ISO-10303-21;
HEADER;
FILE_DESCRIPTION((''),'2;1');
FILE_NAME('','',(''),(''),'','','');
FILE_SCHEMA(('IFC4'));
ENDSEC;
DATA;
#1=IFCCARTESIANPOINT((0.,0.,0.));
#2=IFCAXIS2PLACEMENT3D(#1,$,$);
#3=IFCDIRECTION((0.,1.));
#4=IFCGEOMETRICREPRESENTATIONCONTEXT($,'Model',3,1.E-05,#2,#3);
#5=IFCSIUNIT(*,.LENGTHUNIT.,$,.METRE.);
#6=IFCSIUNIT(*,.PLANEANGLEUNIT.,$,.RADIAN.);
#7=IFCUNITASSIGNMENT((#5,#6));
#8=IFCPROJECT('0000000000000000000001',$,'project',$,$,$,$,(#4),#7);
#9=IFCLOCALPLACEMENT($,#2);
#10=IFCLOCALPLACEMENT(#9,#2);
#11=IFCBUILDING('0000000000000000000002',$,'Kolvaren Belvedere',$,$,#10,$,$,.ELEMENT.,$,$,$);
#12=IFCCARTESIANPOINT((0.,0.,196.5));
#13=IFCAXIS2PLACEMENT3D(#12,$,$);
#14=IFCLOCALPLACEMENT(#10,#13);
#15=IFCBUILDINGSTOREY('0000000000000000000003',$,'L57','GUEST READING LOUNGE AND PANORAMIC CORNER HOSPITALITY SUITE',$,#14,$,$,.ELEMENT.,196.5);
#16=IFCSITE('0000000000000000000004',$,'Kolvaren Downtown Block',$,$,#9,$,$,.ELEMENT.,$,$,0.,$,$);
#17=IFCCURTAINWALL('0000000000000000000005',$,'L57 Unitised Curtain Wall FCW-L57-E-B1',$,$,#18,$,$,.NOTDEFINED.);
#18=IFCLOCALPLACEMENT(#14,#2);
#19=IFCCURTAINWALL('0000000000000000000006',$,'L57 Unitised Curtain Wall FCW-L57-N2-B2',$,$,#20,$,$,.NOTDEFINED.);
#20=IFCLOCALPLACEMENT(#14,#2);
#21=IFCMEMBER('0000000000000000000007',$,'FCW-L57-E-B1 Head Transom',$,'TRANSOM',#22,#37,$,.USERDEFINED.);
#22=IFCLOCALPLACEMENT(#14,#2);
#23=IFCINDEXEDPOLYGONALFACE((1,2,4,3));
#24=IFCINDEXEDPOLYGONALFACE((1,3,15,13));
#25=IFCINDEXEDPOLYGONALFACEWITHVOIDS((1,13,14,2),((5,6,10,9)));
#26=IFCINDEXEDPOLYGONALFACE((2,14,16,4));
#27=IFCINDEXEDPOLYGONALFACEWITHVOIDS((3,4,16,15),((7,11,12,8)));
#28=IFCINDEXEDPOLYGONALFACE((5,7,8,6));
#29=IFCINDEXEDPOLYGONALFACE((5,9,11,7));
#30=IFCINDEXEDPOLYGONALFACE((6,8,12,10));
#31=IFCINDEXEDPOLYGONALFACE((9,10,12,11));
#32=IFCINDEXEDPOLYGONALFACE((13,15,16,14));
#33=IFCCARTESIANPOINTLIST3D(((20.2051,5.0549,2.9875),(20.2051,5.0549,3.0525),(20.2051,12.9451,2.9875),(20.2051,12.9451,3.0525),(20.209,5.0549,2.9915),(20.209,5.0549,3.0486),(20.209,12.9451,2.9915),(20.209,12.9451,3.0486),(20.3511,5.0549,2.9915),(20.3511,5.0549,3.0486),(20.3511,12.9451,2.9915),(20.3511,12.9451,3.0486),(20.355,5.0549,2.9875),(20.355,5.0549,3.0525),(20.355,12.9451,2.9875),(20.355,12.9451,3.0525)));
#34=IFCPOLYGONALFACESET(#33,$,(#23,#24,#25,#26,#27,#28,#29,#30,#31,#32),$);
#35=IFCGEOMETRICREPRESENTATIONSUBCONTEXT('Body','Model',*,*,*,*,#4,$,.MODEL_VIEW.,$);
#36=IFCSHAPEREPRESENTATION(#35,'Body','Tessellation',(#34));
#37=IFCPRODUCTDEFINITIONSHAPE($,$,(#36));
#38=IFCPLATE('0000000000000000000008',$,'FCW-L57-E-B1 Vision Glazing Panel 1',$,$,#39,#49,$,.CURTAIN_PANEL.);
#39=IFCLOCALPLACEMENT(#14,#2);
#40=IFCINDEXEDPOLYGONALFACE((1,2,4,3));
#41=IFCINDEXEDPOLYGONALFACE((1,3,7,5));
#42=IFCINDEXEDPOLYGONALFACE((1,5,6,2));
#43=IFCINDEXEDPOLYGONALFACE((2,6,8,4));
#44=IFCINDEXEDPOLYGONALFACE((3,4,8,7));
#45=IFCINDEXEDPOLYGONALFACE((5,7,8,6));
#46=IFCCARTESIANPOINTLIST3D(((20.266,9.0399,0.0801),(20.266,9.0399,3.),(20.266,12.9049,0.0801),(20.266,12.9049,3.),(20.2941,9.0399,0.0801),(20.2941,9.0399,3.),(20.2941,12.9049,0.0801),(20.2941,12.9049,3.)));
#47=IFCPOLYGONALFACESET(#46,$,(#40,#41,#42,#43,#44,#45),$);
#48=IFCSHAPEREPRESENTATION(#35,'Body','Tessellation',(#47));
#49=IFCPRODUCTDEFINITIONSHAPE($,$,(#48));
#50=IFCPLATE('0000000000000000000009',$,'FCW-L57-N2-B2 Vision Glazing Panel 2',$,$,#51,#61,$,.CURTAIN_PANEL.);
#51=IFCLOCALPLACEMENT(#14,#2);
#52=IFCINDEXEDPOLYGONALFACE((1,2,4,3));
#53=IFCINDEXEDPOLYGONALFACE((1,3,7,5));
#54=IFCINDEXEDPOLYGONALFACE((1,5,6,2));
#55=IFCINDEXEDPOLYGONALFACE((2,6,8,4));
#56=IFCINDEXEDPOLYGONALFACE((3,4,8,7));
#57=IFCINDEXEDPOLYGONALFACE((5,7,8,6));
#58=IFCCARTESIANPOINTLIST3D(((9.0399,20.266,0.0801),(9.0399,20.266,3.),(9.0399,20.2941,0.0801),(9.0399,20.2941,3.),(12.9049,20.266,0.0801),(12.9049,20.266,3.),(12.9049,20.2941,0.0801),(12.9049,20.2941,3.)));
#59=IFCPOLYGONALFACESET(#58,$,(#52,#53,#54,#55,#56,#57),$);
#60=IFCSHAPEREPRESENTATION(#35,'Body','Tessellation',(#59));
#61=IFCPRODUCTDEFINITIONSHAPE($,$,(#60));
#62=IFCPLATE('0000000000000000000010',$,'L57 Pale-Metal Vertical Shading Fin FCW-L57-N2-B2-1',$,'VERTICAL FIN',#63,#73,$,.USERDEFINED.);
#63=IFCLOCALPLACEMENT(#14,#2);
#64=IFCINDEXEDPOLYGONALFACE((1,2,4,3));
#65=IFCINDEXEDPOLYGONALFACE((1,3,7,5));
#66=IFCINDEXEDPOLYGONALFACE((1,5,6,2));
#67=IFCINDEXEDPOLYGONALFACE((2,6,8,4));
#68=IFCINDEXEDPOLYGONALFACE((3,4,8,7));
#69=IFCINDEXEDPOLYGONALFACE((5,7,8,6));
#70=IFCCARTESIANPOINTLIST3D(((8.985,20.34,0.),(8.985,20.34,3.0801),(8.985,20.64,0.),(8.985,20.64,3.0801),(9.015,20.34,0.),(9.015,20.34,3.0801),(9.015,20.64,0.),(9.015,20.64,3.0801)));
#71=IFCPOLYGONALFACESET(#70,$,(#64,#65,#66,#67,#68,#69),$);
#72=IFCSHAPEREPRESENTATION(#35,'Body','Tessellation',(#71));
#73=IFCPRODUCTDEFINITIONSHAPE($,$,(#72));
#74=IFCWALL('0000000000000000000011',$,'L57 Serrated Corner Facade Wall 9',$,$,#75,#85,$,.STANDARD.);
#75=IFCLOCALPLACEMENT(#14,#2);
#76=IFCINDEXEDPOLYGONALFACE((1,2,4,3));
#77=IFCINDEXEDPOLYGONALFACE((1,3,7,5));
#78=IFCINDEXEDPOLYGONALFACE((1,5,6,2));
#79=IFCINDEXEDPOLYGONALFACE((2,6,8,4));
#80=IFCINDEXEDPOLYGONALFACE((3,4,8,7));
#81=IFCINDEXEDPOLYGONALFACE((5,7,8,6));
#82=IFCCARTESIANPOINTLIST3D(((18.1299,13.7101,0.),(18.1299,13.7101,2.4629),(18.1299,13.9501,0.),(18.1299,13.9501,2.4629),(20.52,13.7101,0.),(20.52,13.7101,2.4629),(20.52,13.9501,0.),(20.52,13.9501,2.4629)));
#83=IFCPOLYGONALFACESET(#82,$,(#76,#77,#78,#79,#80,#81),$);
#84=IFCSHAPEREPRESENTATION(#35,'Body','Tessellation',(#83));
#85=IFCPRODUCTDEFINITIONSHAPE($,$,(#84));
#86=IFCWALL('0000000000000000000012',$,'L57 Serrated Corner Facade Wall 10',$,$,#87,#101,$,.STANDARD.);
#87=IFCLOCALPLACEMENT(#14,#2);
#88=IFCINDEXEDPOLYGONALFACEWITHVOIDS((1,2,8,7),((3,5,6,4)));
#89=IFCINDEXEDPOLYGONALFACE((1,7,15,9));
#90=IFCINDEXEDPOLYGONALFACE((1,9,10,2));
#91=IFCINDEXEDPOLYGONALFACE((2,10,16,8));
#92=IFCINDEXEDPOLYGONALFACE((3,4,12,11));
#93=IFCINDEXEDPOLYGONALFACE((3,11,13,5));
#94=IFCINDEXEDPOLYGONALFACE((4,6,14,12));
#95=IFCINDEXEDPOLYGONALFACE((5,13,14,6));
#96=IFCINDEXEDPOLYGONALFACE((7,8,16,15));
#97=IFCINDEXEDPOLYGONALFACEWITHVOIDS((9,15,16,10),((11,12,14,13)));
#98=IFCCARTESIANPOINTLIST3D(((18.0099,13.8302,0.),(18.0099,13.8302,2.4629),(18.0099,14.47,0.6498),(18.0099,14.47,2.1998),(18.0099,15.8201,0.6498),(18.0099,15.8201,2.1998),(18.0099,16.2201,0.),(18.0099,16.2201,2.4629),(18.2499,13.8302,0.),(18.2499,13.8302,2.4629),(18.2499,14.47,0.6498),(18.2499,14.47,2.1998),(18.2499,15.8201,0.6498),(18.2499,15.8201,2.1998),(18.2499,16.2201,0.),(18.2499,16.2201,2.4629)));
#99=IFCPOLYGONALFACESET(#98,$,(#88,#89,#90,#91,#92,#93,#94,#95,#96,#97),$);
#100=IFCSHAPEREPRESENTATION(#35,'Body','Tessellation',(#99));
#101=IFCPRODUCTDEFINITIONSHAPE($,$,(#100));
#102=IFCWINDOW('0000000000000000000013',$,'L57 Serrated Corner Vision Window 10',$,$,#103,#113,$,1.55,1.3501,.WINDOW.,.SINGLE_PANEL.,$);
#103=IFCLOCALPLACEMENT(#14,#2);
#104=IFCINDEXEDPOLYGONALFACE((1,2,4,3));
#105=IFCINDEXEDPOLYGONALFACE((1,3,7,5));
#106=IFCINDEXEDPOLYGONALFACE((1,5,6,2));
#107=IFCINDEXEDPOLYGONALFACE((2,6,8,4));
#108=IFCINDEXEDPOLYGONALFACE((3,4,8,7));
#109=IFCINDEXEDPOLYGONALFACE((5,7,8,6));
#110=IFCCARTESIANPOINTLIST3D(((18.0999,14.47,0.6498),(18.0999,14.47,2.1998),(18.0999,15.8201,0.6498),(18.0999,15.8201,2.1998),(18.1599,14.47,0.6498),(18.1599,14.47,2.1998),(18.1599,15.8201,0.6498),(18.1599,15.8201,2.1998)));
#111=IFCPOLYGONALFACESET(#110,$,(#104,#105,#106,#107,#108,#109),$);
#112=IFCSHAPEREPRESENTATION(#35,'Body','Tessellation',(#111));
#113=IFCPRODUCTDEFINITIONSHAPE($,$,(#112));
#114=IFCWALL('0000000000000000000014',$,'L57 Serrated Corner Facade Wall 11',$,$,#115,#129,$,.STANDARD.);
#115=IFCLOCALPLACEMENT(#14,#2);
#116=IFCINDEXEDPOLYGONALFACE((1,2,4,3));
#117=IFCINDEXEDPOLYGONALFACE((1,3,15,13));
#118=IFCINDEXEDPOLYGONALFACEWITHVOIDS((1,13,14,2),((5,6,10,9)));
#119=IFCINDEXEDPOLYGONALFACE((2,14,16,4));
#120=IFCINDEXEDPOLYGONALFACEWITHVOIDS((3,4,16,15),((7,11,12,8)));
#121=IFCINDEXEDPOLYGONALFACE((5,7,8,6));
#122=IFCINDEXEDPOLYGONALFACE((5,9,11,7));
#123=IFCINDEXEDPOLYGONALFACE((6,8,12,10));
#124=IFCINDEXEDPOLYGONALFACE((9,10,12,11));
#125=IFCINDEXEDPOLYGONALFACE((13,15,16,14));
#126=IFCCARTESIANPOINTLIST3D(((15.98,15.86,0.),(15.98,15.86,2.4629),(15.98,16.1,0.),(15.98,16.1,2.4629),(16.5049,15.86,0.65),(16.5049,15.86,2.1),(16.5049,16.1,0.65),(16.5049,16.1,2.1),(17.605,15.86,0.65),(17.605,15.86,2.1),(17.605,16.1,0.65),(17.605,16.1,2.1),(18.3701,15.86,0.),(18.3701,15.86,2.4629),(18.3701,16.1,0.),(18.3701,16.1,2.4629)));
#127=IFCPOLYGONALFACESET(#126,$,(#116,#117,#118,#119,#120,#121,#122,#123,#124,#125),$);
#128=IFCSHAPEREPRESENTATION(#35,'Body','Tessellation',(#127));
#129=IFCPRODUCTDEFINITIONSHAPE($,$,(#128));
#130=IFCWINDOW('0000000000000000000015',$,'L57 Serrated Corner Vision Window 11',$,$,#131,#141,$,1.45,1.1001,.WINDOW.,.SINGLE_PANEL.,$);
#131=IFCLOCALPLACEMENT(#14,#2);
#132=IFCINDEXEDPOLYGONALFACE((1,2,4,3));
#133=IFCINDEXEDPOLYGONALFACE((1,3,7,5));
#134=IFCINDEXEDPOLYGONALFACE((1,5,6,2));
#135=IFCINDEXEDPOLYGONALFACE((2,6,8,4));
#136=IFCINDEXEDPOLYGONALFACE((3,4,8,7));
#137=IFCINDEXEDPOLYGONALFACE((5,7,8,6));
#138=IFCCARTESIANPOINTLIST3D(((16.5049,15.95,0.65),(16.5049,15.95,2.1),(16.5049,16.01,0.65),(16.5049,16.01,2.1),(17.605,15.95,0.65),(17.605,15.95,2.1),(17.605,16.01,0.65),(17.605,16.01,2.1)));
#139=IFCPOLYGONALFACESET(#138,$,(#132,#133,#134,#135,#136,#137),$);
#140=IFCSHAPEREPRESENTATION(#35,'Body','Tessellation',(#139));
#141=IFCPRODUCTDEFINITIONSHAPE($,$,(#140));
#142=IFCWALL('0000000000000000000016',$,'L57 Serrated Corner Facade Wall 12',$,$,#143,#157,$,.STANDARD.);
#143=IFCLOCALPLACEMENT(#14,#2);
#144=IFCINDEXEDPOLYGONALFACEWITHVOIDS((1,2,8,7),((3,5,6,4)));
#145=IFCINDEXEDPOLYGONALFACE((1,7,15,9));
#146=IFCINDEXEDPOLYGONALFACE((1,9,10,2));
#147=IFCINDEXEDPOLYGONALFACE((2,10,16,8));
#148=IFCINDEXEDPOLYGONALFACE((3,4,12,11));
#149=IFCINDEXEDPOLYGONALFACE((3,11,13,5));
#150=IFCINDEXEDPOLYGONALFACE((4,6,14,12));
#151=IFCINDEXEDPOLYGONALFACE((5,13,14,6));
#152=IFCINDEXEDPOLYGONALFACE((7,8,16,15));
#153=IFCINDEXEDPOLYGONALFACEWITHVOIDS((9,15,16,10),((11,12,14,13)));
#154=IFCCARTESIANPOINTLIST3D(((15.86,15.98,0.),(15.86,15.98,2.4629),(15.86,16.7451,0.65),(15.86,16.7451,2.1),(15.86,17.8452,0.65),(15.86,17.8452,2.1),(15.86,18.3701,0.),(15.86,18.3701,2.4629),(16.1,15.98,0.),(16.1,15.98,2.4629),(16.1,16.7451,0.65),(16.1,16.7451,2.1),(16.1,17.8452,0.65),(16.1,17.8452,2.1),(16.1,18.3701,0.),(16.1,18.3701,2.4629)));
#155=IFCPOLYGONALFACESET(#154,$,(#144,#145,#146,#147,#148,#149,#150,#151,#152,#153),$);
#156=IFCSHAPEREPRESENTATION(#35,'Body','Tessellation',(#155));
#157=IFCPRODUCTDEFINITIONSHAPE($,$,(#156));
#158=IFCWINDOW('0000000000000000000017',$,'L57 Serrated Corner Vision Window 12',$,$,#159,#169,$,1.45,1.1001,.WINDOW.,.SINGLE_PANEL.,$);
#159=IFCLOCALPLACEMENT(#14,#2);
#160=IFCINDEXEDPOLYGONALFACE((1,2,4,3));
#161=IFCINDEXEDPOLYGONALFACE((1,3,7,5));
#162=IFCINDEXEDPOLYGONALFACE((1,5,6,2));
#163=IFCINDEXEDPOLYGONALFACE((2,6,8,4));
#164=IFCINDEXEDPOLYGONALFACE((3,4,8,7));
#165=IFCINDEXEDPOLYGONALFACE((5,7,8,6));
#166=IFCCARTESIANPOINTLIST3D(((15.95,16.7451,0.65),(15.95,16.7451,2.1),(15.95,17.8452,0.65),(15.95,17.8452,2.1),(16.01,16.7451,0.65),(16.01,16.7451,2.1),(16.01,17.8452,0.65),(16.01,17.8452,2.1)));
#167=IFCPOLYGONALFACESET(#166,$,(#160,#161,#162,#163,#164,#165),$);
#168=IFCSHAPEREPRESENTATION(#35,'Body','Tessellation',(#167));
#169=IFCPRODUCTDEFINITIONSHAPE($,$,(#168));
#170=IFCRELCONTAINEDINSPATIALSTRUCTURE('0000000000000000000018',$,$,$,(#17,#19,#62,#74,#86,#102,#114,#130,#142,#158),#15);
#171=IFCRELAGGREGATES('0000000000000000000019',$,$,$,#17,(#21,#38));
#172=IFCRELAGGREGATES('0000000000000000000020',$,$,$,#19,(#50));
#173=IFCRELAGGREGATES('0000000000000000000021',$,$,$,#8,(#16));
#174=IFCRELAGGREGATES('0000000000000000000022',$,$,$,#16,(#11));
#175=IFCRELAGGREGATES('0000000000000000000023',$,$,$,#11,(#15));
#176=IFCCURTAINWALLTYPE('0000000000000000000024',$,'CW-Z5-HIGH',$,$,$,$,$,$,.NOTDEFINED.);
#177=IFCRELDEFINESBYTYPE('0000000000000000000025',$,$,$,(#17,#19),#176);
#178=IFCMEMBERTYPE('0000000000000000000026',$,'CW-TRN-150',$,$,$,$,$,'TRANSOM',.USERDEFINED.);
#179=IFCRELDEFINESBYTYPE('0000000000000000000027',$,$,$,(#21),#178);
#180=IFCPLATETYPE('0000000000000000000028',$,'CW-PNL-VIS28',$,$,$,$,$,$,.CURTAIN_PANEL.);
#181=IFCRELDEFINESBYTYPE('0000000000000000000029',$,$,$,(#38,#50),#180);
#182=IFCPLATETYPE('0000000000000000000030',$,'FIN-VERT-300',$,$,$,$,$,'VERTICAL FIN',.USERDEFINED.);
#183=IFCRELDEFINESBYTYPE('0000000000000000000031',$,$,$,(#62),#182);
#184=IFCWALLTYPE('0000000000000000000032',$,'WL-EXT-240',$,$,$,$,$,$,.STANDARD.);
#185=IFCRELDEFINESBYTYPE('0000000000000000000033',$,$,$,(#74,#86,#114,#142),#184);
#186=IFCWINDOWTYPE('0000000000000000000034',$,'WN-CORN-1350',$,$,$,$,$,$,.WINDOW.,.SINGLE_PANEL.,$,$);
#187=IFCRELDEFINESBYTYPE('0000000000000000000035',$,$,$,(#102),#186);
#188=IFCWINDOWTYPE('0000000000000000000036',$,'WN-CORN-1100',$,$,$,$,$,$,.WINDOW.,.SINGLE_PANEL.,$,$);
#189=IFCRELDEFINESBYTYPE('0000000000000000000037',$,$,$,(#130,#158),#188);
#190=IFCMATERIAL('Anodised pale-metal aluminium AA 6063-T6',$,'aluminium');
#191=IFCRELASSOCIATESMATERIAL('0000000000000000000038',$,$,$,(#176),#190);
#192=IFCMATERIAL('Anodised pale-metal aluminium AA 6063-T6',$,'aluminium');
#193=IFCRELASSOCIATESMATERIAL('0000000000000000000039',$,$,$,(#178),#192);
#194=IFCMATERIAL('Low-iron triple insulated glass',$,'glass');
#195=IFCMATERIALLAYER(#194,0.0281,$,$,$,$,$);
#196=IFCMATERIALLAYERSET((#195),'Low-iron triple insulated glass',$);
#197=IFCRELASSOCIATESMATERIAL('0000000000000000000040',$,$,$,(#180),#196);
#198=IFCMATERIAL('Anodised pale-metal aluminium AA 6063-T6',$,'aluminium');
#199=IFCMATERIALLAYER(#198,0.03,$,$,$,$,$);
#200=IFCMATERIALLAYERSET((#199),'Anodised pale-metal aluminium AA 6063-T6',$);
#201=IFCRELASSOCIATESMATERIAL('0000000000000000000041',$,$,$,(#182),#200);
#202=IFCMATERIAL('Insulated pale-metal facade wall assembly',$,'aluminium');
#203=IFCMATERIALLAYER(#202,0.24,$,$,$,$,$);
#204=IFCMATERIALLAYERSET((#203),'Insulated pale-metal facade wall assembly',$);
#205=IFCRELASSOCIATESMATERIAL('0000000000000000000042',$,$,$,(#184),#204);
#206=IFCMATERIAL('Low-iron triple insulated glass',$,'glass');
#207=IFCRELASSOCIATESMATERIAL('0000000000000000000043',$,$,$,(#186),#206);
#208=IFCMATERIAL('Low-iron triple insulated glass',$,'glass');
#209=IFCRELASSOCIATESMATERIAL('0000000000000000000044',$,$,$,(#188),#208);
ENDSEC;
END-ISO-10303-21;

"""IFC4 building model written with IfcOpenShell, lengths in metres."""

from ifc_helpers import new_model, si_unit, direction, frame, frame_2d, origin, origin_2d, place, context, subcontext, project, spatial, rectangle, hollow_rectangle, extrude, material, layer, layer_set, material_profile, profile_set, type_object, element, fill, aggregate, save


model = new_model("IFC4")

# Units and contexts
model_context = context("Model", 3, precision=1e-05, world=origin(), true_north=direction((0.0, 1.0)))
body_context = subcontext(model_context, "Body", "Model", "MODEL_VIEW")
ifc_project = project(units=[si_unit("LENGTHUNIT", "METRE"), si_unit("PLANEANGLEUNIT", "RADIAN")], contexts=[model_context])

# Site, building, storey
site_placement = place(None, origin())
site = spatial("IfcSite", under=ifc_project, at=site_placement, Name="Kolvaren Downtown Block", CompositionType="ELEMENT", RefElevation=0.0)
building_placement = place(site_placement, origin())
building = spatial("IfcBuilding", under=site, at=building_placement, Name="Kolvaren Belvedere", CompositionType="ELEMENT")
storey_placement = place(building_placement, frame((0.0, 0.0, 196.5)))
storey = spatial("IfcBuildingStorey", under=building, at=storey_placement, Name="L57", Description="GUEST READING LOUNGE AND PANORAMIC CORNER HOSPITALITY SUITE", CompositionType="ELEMENT", Elevation=196.5)

# Curtain wall
ifc_material_1 = material(Name="Anodised pale-metal aluminium AA 6063-T6", Category="aluminium")
curtain_wall_type = type_object("IfcCurtainWallType", Name="CW-Z5-HIGH", PredefinedType="NOTDEFINED", material=ifc_material_1)
curtain_wall_1_placement = place(storey_placement, origin())
curtain_wall_1 = element("IfcCurtainWall", 1, at=curtain_wall_1_placement, inside=storey, type_object=curtain_wall_type, Name="L57 Unitised Curtain Wall FCW-L57-E-B1", PredefinedType="NOTDEFINED")

# Curtain wall
curtain_wall_2_placement = place(storey_placement, origin())
curtain_wall_2 = element("IfcCurtainWall", 2, at=curtain_wall_2_placement, inside=storey, type_object=curtain_wall_type, Name="L57 Unitised Curtain Wall FCW-L57-N2-B2", PredefinedType="NOTDEFINED")

# Member
ifc_material_2 = material(Name="Anodised pale-metal aluminium AA 6063-T6", Category="aluminium")
ifc_material_profile_1 = material_profile(ifc_material_2, hollow_rectangle(XDim=0.0649, YDim=0.1499, WallThickness=0.0039, at=origin_2d()), Name="ALU-TRN-150X65")
ifc_profile_set_1 = profile_set([ifc_material_profile_1], Name="Anodised pale-metal aluminium AA 6063-T6")
member_type_1 = type_object("IfcMemberType", Name="CW-TRN-150", ElementType="TRANSOM", PredefinedType="USERDEFINED", material=ifc_profile_set_1)
member_1_placement = place(storey_placement, frame((20.28, 12.9451, 3.02), z_axis=(0.0, -1.0, 0.0), x_axis=(0.0, 0.0, 1.0)))
member_1 = element("IfcMember", 3, at=member_1_placement, type_object=member_type_1, Name="FCW-L57-E-B1 Head Transom", ObjectType="TRANSOM", PredefinedType="USERDEFINED", context=body_context, shape_type="SweptSolid", body=[
    extrude(hollow_rectangle(XDim=0.0649, YDim=0.1499, WallThickness=0.0039, at=origin_2d()), origin(), (0.0, 0.0, 1.0), 7.8901),
])

# Plates
ifc_material_3 = material(Name="Low-iron triple insulated glass", Category="glass")
ifc_layer_1 = layer(ifc_material_3, 0.0281)
ifc_layer_set_1 = layer_set([ifc_layer_1], Name="Low-iron triple insulated glass")
plate_type_1 = type_object("IfcPlateType", Name="CW-PNL-VIS28", PredefinedType="CURTAIN_PANEL", material=ifc_layer_set_1)
plate_1_placement = place(storey_placement, frame((20.28, 10.9724, 0.0801), z_axis=(0.0, 0.0, 1.0), x_axis=(0.0, -1.0, 0.0)))
plate_1 = element("IfcPlate", 4, at=plate_1_placement, type_object=plate_type_1, Name="FCW-L57-E-B1 Vision Glazing Panel 1", PredefinedType="CURTAIN_PANEL", context=body_context, shape_type="SweptSolid", body=[
    extrude(rectangle(XDim=3.865, YDim=0.0281, at=origin_2d()), origin(), (0.0, 0.0, 1.0), 2.9199),
])
aggregate(curtain_wall_1, [member_1, plate_1])
plate_2_placement = place(storey_placement, frame((10.9724, 20.28, 0.0801), z_axis=(0.0, 0.0, 1.0), x_axis=(1.0, 0.0, 0.0)))
plate_2 = element("IfcPlate", 5, at=plate_2_placement, type_object=plate_type_1, Name="FCW-L57-N2-B2 Vision Glazing Panel 2", PredefinedType="CURTAIN_PANEL", context=body_context, shape_type="SweptSolid", body=[
    extrude(rectangle(XDim=3.865, YDim=0.0281, at=origin_2d()), origin(), (0.0, 0.0, 1.0), 2.9199),
])
aggregate(curtain_wall_2, [plate_2])
ifc_material_4 = material(Name="Anodised pale-metal aluminium AA 6063-T6", Category="aluminium")
ifc_layer_2 = layer(ifc_material_4, 0.03)
ifc_layer_set_2 = layer_set([ifc_layer_2], Name="Anodised pale-metal aluminium AA 6063-T6")
plate_type_2 = type_object("IfcPlateType", Name="FIN-VERT-300", ElementType="VERTICAL FIN", PredefinedType="USERDEFINED", material=ifc_layer_set_2)
plate_3_placement = place(storey_placement, frame((9.0, 20.49, 0.0), z_axis=(0.0, 0.0, 1.0), x_axis=(0.0, 1.0, 0.0)))
element("IfcPlate", 6, at=plate_3_placement, inside=storey, type_object=plate_type_2, Name="L57 Pale-Metal Vertical Shading Fin FCW-L57-N2-B2-1", ObjectType="VERTICAL FIN", PredefinedType="USERDEFINED", context=body_context, shape_type="SweptSolid", body=[
    extrude(rectangle(XDim=0.3, YDim=0.03, at=origin_2d()), origin(), (0.0, 0.0, 1.0), 3.0801),
])

# Wall
ifc_material_5 = material(Name="Insulated pale-metal facade wall assembly", Category="aluminium")
ifc_layer_3 = layer(ifc_material_5, 0.24)
ifc_layer_set_3 = layer_set([ifc_layer_3], Name="Insulated pale-metal facade wall assembly")
wall_type_1 = type_object("IfcWallType", Name="WL-EXT-240", PredefinedType="STANDARD", material=ifc_layer_set_3)
wall_1_placement = place(storey_placement, frame((18.1299, 13.8301, 0.0), z_axis=(0.0, 0.0, 1.0), x_axis=(1.0, 0.0, 0.0)))
element("IfcWall", 7, at=wall_1_placement, inside=storey, type_object=wall_type_1, Name="L57 Serrated Corner Facade Wall 9", PredefinedType="STANDARD", context=body_context, shape_type="SweptSolid", body=[
    extrude(rectangle(XDim=2.3901, YDim=0.24, at=frame_2d((1.1951, 0.0))), origin(), (0.0, 0.0, 1.0), 2.4629),
])

# Walls, openings, windows
wall_2_placement = place(storey_placement, frame((18.1299, 16.22, 0.0), z_axis=(0.0, 0.0, 1.0), x_axis=(0.0, -1.0, 0.0)))
wall_2 = element("IfcWall", 8, at=wall_2_placement, inside=storey, type_object=wall_type_1, Name="L57 Serrated Corner Facade Wall 10", PredefinedType="STANDARD", context=body_context, shape_type="SweptSolid", body=[
    extrude(rectangle(XDim=2.3899, YDim=0.24, at=frame_2d((1.1948, 0.0))), origin(), (0.0, 0.0, 1.0), 2.4629),
])
opening_1_placement = place(wall_2_placement, frame((0.3999, 0.0, 0.6499)))
opening_1 = element("IfcOpeningElement", 9, at=opening_1_placement, cuts=wall_2, PredefinedType="OPENING", context=body_context, shape_type="SweptSolid", body=[
    extrude(rectangle(XDim=1.3501, YDim=1.55, at=frame_2d((0.675, 0.7749))), frame((0.0, 0.1299, 0.0), z_axis=(0.0, -1.0, 0.0), x_axis=(1.0, 0.0, 0.0)), (0.0, 0.0, 1.0), 0.26),
])
ifc_material_6 = material(Name="Low-iron triple insulated glass", Category="glass")
window_type_1 = type_object("IfcWindowType", Name="WN-CORN-1350", PartitioningType="SINGLE_PANEL", PredefinedType="WINDOW", material=ifc_material_6)
window_1_placement = place(opening_1_placement, origin())
window_1 = element("IfcWindow", 10, at=window_1_placement, inside=storey, type_object=window_type_1, Name="L57 Serrated Corner Vision Window 10", OverallHeight=1.55, OverallWidth=1.3501, PartitioningType="SINGLE_PANEL", PredefinedType="WINDOW", context=body_context, shape_type="SweptSolid", body=[
    extrude(rectangle(XDim=1.3501, YDim=1.55, at=frame_2d((0.675, 0.7749))), frame((0.0, 0.03, 0.0), z_axis=(0.0, -1.0, 0.0), x_axis=(1.0, 0.0, 0.0)), (0.0, 0.0, 1.0), 0.0601),
])
fill(opening_1, window_1)
wall_3_placement = place(storey_placement, frame((15.98, 15.98, 0.0), z_axis=(0.0, 0.0, 1.0), x_axis=(1.0, 0.0, 0.0)))
wall_3 = element("IfcWall", 11, at=wall_3_placement, inside=storey, type_object=wall_type_1, Name="L57 Serrated Corner Facade Wall 11", PredefinedType="STANDARD", context=body_context, shape_type="SweptSolid", body=[
    extrude(rectangle(XDim=2.3901, YDim=0.24, at=frame_2d((1.1951, 0.0))), origin(), (0.0, 0.0, 1.0), 2.4629),
])
opening_2_placement = place(wall_3_placement, frame((0.5249, 0.0, 0.6499)))
opening_2 = element("IfcOpeningElement", 12, at=opening_2_placement, cuts=wall_3, PredefinedType="OPENING", context=body_context, shape_type="SweptSolid", body=[
    extrude(rectangle(XDim=1.1001, YDim=1.45, at=frame_2d((0.55, 0.7251))), frame((0.0, 0.1299, 0.0), z_axis=(0.0, -1.0, 0.0), x_axis=(1.0, 0.0, 0.0)), (0.0, 0.0, 1.0), 0.26),
])
ifc_material_7 = material(Name="Low-iron triple insulated glass", Category="glass")
window_type_2 = type_object("IfcWindowType", Name="WN-CORN-1100", PartitioningType="SINGLE_PANEL", PredefinedType="WINDOW", material=ifc_material_7)
window_2_placement = place(opening_2_placement, origin())
window_2 = element("IfcWindow", 13, at=window_2_placement, inside=storey, type_object=window_type_2, Name="L57 Serrated Corner Vision Window 11", OverallHeight=1.45, OverallWidth=1.1001, PartitioningType="SINGLE_PANEL", PredefinedType="WINDOW", context=body_context, shape_type="SweptSolid", body=[
    extrude(rectangle(XDim=1.1001, YDim=1.45, at=frame_2d((0.55, 0.7251))), frame((0.0, 0.03, 0.0), z_axis=(0.0, -1.0, 0.0), x_axis=(1.0, 0.0, 0.0)), (0.0, 0.0, 1.0), 0.0601),
])
fill(opening_2, window_2)
wall_4_placement = place(storey_placement, frame((15.98, 18.3701, 0.0), z_axis=(0.0, 0.0, 1.0), x_axis=(0.0, -1.0, 0.0)))
wall_4 = element("IfcWall", 14, at=wall_4_placement, inside=storey, type_object=wall_type_1, Name="L57 Serrated Corner Facade Wall 12", PredefinedType="STANDARD", context=body_context, shape_type="SweptSolid", body=[
    extrude(rectangle(XDim=2.3901, YDim=0.24, at=frame_2d((1.1951, 0.0))), origin(), (0.0, 0.0, 1.0), 2.4629),
])
opening_3_placement = place(wall_4_placement, frame((0.5249, 0.0, 0.6499)))
opening_3 = element("IfcOpeningElement", 15, at=opening_3_placement, cuts=wall_4, PredefinedType="OPENING", context=body_context, shape_type="SweptSolid", body=[
    extrude(rectangle(XDim=1.1001, YDim=1.45, at=frame_2d((0.55, 0.7251))), frame((0.0, 0.1299, 0.0), z_axis=(0.0, -1.0, 0.0), x_axis=(1.0, 0.0, 0.0)), (0.0, 0.0, 1.0), 0.26),
])
window_3_placement = place(opening_3_placement, origin())
window_3 = element("IfcWindow", 16, at=window_3_placement, inside=storey, type_object=window_type_2, Name="L57 Serrated Corner Vision Window 12", OverallHeight=1.45, OverallWidth=1.1001, PartitioningType="SINGLE_PANEL", PredefinedType="WINDOW", context=body_context, shape_type="SweptSolid", body=[
    extrude(rectangle(XDim=1.1001, YDim=1.45, at=frame_2d((0.55, 0.7251))), frame((0.0, 0.03, 0.0), z_axis=(0.0, -1.0, 0.0), x_axis=(1.0, 0.0, 0.0)), (0.0, 0.0, 1.0), 0.0601),
])
fill(opening_3, window_3)

save(model, "model.ifc")
